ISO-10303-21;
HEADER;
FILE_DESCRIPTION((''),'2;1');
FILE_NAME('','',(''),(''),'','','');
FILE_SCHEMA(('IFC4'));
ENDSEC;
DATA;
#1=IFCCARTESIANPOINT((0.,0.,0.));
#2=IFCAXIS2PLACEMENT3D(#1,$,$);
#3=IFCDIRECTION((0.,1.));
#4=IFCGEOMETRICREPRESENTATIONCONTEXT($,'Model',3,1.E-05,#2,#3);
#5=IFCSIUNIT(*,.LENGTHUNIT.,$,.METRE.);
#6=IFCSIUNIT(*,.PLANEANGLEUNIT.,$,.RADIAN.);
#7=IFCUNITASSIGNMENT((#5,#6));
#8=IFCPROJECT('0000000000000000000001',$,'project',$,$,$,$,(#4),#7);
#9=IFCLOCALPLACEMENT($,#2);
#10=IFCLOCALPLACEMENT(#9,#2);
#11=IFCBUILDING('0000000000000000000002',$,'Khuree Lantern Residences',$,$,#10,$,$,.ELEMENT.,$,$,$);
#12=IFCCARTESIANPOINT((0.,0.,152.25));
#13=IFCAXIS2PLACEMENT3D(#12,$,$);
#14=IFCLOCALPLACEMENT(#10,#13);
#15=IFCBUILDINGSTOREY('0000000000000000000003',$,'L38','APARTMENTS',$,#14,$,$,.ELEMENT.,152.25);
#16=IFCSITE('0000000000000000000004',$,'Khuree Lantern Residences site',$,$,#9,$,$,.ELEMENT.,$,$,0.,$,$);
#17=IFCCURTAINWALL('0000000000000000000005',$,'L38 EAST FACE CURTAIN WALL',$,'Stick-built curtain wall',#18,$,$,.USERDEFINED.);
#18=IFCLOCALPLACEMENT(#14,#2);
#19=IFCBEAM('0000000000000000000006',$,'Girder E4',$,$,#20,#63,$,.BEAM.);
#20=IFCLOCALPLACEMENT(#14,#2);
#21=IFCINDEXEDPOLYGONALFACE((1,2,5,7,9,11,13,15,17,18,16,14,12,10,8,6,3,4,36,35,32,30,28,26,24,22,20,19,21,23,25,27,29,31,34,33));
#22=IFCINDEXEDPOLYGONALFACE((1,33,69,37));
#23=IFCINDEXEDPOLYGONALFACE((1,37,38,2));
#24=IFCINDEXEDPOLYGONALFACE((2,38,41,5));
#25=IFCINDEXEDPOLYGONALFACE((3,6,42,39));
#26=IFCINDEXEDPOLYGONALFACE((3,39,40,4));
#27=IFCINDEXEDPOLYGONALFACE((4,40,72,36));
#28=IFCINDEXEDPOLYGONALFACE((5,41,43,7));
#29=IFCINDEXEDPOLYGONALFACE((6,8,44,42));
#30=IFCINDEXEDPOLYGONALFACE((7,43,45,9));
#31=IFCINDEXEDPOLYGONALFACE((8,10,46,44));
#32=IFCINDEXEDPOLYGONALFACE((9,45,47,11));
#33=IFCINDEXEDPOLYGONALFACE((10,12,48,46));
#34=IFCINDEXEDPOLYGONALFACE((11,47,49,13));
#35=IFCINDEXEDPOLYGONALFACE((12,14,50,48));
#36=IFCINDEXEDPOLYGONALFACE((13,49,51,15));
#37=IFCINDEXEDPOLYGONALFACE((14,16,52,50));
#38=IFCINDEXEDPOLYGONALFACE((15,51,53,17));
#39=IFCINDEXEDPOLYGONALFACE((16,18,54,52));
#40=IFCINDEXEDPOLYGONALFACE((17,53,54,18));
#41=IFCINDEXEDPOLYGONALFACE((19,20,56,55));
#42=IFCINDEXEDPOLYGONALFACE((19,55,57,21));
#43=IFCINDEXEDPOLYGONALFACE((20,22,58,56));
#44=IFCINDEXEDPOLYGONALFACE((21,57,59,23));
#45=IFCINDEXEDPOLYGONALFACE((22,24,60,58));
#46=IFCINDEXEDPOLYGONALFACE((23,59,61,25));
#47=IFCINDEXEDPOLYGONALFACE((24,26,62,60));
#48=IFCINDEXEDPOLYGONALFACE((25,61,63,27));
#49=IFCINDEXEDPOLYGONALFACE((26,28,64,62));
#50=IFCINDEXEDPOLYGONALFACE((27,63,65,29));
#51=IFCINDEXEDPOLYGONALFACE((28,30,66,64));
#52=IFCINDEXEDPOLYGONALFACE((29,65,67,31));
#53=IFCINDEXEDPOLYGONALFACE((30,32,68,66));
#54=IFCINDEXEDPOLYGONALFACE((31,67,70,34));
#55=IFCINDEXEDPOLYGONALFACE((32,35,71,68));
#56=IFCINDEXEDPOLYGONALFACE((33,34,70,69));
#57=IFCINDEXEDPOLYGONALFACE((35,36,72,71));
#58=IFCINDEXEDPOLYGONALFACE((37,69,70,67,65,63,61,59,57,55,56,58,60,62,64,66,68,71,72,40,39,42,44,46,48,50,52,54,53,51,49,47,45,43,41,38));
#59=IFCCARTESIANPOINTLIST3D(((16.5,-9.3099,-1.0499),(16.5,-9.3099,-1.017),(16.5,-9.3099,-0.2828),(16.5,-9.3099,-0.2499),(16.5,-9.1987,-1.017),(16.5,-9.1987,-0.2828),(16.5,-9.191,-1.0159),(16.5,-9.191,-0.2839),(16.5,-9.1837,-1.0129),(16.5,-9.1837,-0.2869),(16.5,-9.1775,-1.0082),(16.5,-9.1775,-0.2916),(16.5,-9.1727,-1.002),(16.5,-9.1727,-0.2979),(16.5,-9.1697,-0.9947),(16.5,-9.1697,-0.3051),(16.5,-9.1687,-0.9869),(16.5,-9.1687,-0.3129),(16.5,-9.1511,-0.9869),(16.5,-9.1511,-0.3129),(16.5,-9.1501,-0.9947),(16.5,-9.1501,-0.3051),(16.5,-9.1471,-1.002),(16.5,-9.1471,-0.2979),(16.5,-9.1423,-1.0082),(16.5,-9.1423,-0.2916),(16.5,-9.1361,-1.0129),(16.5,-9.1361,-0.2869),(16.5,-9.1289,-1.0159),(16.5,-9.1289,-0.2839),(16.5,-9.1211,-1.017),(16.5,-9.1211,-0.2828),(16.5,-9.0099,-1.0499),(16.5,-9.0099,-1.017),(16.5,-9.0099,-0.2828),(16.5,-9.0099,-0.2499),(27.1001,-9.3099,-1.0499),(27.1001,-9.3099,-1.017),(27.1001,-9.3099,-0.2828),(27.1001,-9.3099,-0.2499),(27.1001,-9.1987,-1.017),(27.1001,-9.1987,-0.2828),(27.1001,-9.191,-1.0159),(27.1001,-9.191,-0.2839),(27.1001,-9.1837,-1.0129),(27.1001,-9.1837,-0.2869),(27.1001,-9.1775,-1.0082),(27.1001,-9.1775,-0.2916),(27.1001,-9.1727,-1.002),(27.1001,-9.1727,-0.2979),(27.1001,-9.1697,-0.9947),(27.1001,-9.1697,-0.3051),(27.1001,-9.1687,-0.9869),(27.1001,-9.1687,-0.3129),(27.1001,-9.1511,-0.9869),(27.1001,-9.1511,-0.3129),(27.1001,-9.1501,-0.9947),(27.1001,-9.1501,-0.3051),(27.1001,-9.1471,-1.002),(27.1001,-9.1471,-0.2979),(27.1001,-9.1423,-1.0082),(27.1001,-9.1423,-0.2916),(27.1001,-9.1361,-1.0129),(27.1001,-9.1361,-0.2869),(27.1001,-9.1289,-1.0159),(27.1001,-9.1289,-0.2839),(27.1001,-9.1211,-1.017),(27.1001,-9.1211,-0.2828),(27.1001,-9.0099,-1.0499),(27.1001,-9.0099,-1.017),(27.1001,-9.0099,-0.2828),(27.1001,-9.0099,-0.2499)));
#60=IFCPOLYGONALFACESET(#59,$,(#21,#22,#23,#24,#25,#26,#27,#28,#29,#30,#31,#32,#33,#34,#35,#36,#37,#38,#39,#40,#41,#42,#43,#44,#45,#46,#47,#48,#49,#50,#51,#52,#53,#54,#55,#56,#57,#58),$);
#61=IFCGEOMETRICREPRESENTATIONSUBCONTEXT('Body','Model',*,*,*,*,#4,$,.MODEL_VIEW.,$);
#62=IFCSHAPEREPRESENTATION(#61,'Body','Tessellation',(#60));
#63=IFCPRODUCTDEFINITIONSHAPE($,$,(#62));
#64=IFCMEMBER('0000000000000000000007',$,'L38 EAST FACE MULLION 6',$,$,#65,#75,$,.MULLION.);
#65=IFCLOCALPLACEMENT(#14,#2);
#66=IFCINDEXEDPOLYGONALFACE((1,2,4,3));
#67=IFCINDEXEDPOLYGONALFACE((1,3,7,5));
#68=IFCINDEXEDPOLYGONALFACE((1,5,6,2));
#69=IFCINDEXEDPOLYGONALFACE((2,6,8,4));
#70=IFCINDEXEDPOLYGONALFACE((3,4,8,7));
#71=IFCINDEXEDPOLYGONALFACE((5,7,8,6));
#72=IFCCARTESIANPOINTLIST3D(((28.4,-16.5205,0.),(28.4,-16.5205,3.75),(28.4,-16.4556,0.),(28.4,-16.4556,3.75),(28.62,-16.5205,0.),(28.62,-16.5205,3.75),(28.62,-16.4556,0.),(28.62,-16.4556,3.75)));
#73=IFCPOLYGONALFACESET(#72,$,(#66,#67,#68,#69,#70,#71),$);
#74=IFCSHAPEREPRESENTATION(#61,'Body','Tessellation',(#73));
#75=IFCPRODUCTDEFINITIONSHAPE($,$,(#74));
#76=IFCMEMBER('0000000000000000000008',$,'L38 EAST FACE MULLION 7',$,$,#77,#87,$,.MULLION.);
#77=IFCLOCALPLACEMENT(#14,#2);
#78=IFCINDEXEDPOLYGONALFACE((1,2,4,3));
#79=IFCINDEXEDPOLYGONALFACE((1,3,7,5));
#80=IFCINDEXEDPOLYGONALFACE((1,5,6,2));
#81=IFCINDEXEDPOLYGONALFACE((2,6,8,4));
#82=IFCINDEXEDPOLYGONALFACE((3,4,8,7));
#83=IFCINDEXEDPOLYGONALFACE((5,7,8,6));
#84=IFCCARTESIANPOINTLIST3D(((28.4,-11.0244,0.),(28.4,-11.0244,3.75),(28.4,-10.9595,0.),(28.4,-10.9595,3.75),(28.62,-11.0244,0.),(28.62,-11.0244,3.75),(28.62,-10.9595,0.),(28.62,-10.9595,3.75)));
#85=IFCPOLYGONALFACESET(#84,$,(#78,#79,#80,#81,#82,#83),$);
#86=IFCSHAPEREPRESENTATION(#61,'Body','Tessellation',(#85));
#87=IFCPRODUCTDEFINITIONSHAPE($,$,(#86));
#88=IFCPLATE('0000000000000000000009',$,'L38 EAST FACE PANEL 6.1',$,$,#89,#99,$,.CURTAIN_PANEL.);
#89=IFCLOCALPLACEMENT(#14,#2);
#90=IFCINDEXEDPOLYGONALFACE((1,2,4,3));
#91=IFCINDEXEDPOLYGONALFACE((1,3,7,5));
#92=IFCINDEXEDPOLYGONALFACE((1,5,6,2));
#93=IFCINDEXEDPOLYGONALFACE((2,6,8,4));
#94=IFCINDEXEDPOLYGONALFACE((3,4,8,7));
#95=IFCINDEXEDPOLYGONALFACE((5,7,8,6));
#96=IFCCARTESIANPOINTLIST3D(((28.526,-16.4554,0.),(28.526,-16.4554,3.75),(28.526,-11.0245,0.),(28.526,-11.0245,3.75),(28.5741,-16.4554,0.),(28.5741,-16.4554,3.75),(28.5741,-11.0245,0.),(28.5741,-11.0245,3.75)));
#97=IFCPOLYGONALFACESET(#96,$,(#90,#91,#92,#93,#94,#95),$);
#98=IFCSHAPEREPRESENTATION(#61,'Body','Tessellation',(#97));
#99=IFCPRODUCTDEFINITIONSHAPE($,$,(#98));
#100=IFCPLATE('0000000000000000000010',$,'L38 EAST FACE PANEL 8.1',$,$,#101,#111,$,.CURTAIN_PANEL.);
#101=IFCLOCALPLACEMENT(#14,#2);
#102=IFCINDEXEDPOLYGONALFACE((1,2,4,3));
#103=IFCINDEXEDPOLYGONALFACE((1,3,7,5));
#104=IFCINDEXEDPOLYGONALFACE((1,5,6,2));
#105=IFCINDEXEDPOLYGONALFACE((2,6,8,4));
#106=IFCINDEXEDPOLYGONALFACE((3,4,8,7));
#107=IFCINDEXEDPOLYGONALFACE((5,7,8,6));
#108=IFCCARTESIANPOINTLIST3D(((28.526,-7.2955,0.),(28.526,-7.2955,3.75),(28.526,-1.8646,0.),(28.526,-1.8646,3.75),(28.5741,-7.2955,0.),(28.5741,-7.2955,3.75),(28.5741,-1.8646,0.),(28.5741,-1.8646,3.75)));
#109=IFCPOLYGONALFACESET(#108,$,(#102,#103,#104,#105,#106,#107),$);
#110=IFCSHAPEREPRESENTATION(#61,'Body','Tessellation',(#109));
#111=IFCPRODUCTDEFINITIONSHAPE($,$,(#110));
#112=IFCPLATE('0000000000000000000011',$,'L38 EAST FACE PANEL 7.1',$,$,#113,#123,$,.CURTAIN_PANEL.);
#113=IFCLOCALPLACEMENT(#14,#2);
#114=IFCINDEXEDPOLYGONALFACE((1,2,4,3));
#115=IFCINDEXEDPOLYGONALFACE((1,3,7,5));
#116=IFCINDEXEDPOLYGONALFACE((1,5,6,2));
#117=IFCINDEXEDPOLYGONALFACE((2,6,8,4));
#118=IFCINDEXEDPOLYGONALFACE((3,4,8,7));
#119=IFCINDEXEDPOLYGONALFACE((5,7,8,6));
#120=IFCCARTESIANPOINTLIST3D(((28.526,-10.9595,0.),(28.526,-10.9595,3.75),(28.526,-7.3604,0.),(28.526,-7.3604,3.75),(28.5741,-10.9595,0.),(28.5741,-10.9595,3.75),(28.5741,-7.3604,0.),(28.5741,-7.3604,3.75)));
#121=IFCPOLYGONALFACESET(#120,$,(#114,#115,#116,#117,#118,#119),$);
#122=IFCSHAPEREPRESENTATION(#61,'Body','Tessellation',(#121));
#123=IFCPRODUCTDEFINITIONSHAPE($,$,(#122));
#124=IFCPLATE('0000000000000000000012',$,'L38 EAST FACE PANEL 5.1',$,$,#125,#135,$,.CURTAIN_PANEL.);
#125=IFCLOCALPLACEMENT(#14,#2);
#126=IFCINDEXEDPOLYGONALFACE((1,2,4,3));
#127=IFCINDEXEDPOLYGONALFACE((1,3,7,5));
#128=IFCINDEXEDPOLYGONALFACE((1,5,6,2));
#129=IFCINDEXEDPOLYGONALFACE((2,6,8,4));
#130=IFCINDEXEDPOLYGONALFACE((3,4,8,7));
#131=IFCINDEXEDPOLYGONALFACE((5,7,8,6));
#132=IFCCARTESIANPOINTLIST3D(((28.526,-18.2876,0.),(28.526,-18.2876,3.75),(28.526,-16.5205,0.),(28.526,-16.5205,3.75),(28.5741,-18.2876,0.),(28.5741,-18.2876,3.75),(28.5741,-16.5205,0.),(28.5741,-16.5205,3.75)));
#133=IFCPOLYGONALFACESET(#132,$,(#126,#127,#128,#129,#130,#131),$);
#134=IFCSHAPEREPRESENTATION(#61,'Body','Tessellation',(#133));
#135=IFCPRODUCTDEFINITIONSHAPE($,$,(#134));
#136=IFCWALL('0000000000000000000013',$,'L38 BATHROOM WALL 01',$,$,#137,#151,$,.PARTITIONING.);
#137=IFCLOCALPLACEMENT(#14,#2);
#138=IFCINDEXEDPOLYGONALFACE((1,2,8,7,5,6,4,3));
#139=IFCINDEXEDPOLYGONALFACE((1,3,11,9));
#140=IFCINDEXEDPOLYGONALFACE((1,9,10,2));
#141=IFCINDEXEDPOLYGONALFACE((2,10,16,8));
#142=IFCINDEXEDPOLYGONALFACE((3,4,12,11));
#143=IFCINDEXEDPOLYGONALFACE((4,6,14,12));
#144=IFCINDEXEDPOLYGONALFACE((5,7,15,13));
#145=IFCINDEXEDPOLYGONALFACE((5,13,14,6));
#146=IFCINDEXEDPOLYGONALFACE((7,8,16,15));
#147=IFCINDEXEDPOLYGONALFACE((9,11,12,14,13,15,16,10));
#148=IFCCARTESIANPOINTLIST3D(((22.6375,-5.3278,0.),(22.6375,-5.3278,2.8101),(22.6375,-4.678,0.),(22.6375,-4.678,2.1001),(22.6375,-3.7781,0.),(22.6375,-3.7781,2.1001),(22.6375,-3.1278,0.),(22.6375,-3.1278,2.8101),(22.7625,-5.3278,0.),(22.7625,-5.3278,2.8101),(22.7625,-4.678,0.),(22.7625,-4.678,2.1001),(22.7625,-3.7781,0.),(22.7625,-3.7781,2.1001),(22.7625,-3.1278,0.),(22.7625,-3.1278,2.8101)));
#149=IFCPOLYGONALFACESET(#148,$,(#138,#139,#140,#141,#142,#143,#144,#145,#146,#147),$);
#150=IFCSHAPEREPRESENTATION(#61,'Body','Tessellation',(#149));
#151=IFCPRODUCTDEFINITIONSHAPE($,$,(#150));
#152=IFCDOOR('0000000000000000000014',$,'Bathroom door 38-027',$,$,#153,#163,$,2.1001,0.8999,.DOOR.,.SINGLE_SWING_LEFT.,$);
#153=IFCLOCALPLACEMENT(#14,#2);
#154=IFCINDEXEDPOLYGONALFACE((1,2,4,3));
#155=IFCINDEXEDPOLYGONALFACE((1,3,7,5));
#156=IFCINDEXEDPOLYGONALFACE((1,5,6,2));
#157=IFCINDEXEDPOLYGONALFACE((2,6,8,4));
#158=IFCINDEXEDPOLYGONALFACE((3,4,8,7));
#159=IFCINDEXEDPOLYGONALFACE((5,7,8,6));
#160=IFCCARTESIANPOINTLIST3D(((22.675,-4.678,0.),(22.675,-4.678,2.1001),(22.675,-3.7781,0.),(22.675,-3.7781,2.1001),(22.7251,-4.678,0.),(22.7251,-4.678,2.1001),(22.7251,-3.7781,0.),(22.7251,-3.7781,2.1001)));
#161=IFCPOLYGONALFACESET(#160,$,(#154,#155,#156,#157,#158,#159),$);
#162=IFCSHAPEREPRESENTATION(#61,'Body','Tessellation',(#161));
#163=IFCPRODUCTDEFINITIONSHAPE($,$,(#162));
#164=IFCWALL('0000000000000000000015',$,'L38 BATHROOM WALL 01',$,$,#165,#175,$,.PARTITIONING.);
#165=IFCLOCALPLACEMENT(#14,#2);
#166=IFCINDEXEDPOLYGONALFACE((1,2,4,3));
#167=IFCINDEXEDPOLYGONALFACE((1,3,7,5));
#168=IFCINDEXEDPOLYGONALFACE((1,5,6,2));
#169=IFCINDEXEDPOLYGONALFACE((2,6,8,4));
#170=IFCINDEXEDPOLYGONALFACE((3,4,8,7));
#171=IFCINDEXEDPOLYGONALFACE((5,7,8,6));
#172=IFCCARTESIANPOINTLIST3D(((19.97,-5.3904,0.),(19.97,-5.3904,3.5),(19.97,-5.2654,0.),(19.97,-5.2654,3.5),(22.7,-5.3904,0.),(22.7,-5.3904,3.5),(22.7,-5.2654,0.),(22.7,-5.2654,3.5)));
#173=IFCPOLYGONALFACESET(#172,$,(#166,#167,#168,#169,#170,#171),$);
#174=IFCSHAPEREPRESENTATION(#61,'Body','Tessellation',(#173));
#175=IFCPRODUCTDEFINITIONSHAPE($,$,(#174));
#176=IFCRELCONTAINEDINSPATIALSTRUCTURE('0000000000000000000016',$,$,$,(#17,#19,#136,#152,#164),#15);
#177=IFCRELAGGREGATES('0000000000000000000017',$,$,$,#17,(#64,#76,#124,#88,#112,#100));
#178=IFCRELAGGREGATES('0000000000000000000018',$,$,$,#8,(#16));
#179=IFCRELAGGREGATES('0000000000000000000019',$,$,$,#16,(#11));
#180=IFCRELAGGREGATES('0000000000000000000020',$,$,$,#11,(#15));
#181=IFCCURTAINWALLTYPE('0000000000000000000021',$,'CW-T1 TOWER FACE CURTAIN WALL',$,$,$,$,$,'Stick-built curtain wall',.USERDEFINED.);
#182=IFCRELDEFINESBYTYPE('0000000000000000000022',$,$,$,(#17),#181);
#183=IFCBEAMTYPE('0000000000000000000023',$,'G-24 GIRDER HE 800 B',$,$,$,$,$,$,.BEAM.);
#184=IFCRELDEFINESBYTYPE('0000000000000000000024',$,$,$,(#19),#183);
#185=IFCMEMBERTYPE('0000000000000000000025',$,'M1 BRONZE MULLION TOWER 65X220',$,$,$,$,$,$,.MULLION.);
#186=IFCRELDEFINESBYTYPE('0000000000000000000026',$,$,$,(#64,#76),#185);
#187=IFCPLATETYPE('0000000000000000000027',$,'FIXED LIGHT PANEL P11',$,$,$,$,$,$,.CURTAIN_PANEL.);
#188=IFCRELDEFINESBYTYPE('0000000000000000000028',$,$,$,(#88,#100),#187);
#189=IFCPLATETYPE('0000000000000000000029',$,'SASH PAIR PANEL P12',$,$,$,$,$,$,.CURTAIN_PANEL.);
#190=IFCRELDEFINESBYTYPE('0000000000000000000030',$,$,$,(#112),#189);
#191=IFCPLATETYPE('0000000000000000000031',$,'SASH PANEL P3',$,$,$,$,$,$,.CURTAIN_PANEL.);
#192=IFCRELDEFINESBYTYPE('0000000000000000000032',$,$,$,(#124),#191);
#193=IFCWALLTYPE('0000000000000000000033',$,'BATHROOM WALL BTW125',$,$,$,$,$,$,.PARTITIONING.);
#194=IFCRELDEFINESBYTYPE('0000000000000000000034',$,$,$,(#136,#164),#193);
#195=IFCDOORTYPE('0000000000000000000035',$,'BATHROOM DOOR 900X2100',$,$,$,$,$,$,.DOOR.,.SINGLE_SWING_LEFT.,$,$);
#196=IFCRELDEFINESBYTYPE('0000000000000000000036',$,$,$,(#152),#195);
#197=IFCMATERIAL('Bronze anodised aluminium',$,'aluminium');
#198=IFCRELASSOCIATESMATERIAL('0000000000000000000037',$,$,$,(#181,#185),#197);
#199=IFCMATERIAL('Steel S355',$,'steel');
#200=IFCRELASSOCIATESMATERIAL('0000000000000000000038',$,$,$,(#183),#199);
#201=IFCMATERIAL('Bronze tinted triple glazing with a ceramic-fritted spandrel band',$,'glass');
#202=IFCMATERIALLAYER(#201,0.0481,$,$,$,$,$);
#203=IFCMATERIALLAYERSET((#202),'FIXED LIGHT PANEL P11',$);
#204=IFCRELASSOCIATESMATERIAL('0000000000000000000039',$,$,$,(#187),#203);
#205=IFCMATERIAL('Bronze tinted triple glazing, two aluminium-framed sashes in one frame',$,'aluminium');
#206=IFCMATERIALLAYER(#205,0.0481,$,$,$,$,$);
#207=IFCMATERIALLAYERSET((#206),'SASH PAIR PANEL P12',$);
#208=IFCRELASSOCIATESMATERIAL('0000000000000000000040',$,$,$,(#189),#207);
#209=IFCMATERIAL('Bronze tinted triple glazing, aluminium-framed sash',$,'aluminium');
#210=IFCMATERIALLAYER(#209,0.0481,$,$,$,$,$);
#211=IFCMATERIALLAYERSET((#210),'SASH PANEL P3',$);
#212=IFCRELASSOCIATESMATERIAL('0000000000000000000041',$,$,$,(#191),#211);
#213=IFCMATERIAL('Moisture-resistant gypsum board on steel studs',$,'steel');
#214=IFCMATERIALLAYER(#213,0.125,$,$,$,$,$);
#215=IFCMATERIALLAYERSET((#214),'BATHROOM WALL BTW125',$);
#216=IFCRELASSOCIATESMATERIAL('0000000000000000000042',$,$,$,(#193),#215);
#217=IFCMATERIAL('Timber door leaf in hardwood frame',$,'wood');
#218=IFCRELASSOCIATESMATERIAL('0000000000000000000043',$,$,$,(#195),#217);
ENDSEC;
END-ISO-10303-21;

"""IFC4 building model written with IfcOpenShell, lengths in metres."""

from ifc_helpers import new_model, si_unit, direction, frame, frame_2d, origin, origin_2d, place, context, subcontext, project, spatial, rectangle, i_section, extrude, material, layer, layer_set, material_profile, profile_set, type_object, element, fill, aggregate, save


model = new_model("IFC4")

# Units and contexts
model_context = context("Model", 3, precision=1e-05, world=origin(), true_north=direction((0.0, 1.0)))
body_context = subcontext(model_context, "Body", "Model", "MODEL_VIEW")
ifc_project = project(units=[si_unit("LENGTHUNIT", "METRE"), si_unit("PLANEANGLEUNIT", "RADIAN")], contexts=[model_context])

# Site, building, storey
site_placement = place(None, origin())
site = spatial("IfcSite", under=ifc_project, at=site_placement, Name="Khuree Lantern Residences site", CompositionType="ELEMENT", RefElevation=0.0)
building_placement = place(site_placement, origin())
building = spatial("IfcBuilding", under=site, at=building_placement, Name="Khuree Lantern Residences", CompositionType="ELEMENT")
storey_placement = place(building_placement, frame((0.0, 0.0, 152.25)))
storey = spatial("IfcBuildingStorey", under=building, at=storey_placement, Name="L38", Description="APARTMENTS", CompositionType="ELEMENT", Elevation=152.25)

# Shared definitions
ifc_material_1 = material(Name="Steel S355", Category="steel")

# Curtain wall
ifc_material_2 = material(Name="Bronze anodised aluminium", Category="aluminium")
curtain_wall_type = type_object("IfcCurtainWallType", Name="CW-T1 TOWER FACE CURTAIN WALL", ElementType="Stick-built curtain wall", PredefinedType="USERDEFINED", material=ifc_material_2)
curtain_wall_placement = place(storey_placement, origin())
curtain_wall = element("IfcCurtainWall", 1, at=curtain_wall_placement, inside=storey, type_object=curtain_wall_type, Name="L38 EAST FACE CURTAIN WALL", ObjectType="Stick-built curtain wall", PredefinedType="USERDEFINED")

# Beam
ifc_material_profile_1 = material_profile(ifc_material_1, i_section(OverallWidth=0.3, OverallDepth=0.8, WebThickness=0.0176, FlangeThickness=0.033, FilletRadius=0.03, at=origin_2d()), Name="HE 800 B")
ifc_profile_set_1 = profile_set([ifc_material_profile_1], Name="Steel S355")
beam_type_1 = type_object("IfcBeamType", Name="G-24 GIRDER HE 800 B", PredefinedType="BEAM", material=ifc_profile_set_1)
beam_1_placement = place(storey_placement, frame((27.1001, -9.1599, -0.6499), z_axis=(-1.0, 0.0, 0.0), x_axis=(0.0, -1.0, 0.0)))
element("IfcBeam", 2, at=beam_1_placement, inside=storey, type_object=beam_type_1, Name="Girder E4", PredefinedType="BEAM", context=body_context, shape_type="SweptSolid", body=[
    extrude(i_section(OverallWidth=0.3, OverallDepth=0.8, WebThickness=0.0176, FlangeThickness=0.033, FilletRadius=0.03, at=origin_2d()), origin(), (0.0, 0.0, 1.0), 10.6001),
])

# Members
ifc_material_profile_2 = material_profile(ifc_material_2, rectangle(XDim=0.0649, YDim=0.22, at=origin_2d()), Name="M1 65X220")
ifc_profile_set_2 = profile_set([ifc_material_profile_2], Name="Bronze anodised aluminium")
member_type_1 = type_object("IfcMemberType", Name="M1 BRONZE MULLION TOWER 65X220", PredefinedType="MULLION", material=ifc_profile_set_2)
member_1_placement = place(storey_placement, frame((28.51, -16.488, 0.0), z_axis=(0.0, 0.0, 1.0), x_axis=(0.0, 1.0, 0.0)))
member_1 = element("IfcMember", 3, at=member_1_placement, type_object=member_type_1, Name="L38 EAST FACE MULLION 6", PredefinedType="MULLION", context=body_context, shape_type="SweptSolid", body=[
    extrude(rectangle(XDim=0.0649, YDim=0.22, at=origin_2d()), origin(), (0.0, 0.0, 1.0), 3.75),
])
member_2_placement = place(storey_placement, frame((28.51, -10.9919, 0.0), z_axis=(0.0, 0.0, 1.0), x_axis=(0.0, 1.0, 0.0)))
member_2 = element("IfcMember", 4, at=member_2_placement, type_object=member_type_1, Name="L38 EAST FACE MULLION 7", PredefinedType="MULLION", context=body_context, shape_type="SweptSolid", body=[
    extrude(rectangle(XDim=0.0649, YDim=0.22, at=origin_2d()), origin(), (0.0, 0.0, 1.0), 3.75),
])

# Plates
ifc_material_3 = material(Name="Bronze tinted triple glazing with a ceramic-fritted spandrel band", Category="glass")
ifc_layer_1 = layer(ifc_material_3, 0.0481)
ifc_layer_set_1 = layer_set([ifc_layer_1], Name="FIXED LIGHT PANEL P11")
plate_type_1 = type_object("IfcPlateType", Name="FIXED LIGHT PANEL P11", PredefinedType="CURTAIN_PANEL", material=ifc_layer_set_1)
plate_1_placement = place(storey_placement, frame((28.55, -13.74, 0.0), z_axis=(0.0, 0.0, 1.0), x_axis=(0.0, 1.0, 0.0)))
plate_1 = element("IfcPlate", 5, at=plate_1_placement, type_object=plate_type_1, Name="L38 EAST FACE PANEL 6.1", PredefinedType="CURTAIN_PANEL", context=body_context, shape_type="SweptSolid", body=[
    extrude(rectangle(XDim=5.4309, YDim=0.0481, at=origin_2d()), origin(), (0.0, 0.0, 1.0), 3.75),
])
plate_2_placement = place(storey_placement, frame((28.55, -4.5801, 0.0), z_axis=(0.0, 0.0, 1.0), x_axis=(0.0, 1.0, 0.0)))
plate_2 = element("IfcPlate", 6, at=plate_2_placement, type_object=plate_type_1, Name="L38 EAST FACE PANEL 8.1", PredefinedType="CURTAIN_PANEL", context=body_context, shape_type="SweptSolid", body=[
    extrude(rectangle(XDim=5.4309, YDim=0.0481, at=origin_2d()), origin(), (0.0, 0.0, 1.0), 3.75),
])
ifc_material_4 = material(Name="Bronze tinted triple glazing, two aluminium-framed sashes in one frame", Category="aluminium")
ifc_layer_2 = layer(ifc_material_4, 0.0481)
ifc_layer_set_2 = layer_set([ifc_layer_2], Name="SASH PAIR PANEL P12")
plate_type_2 = type_object("IfcPlateType", Name="SASH PAIR PANEL P12", PredefinedType="CURTAIN_PANEL", material=ifc_layer_set_2)
plate_3_placement = place(storey_placement, frame((28.55, -9.1599, 0.0), z_axis=(0.0, 0.0, 1.0), x_axis=(0.0, 1.0, 0.0)))
plate_3 = element("IfcPlate", 7, at=plate_3_placement, type_object=plate_type_2, Name="L38 EAST FACE PANEL 7.1", PredefinedType="CURTAIN_PANEL", context=body_context, shape_type="SweptSolid", body=[
    extrude(rectangle(XDim=3.5991, YDim=0.0481, at=origin_2d()), origin(), (0.0, 0.0, 1.0), 3.75),
])
ifc_material_5 = material(Name="Bronze tinted triple glazing, aluminium-framed sash", Category="aluminium")
ifc_layer_3 = layer(ifc_material_5, 0.0481)
ifc_layer_set_3 = layer_set([ifc_layer_3], Name="SASH PANEL P3")
plate_type_3 = type_object("IfcPlateType", Name="SASH PANEL P3", PredefinedType="CURTAIN_PANEL", material=ifc_layer_set_3)
plate_4_placement = place(storey_placement, frame((28.55, -17.4041, 0.0), z_axis=(0.0, 0.0, 1.0), x_axis=(0.0, 1.0, 0.0)))
plate_4 = element("IfcPlate", 8, at=plate_4_placement, type_object=plate_type_3, Name="L38 EAST FACE PANEL 5.1", PredefinedType="CURTAIN_PANEL", context=body_context, shape_type="SweptSolid", body=[
    extrude(rectangle(XDim=1.7671, YDim=0.0481, at=origin_2d()), origin(), (0.0, 0.0, 1.0), 3.75),
])
aggregate(curtain_wall, [member_1, member_2, plate_4, plate_1, plate_3, plate_2])

# Wall, opening, door
ifc_material_6 = material(Name="Moisture-resistant gypsum board on steel studs", Category="steel")
ifc_layer_4 = layer(ifc_material_6, 0.125)
ifc_layer_set_4 = layer_set([ifc_layer_4], Name="BATHROOM WALL BTW125")
wall_type_1 = type_object("IfcWallType", Name="BATHROOM WALL BTW125", PredefinedType="PARTITIONING", material=ifc_layer_set_4)
wall_1_placement = place(storey_placement, frame((22.7, -5.3279, 0.0), z_axis=(0.0, 0.0, 1.0), x_axis=(0.0, 1.0, 0.0)))
wall_1 = element("IfcWall", 9, at=wall_1_placement, inside=storey, type_object=wall_type_1, Name="L38 BATHROOM WALL 01", PredefinedType="PARTITIONING", context=body_context, shape_type="SweptSolid", body=[
    extrude(rectangle(XDim=2.2, YDim=0.125, at=frame_2d((1.1001, 0.0))), origin(), (0.0, 0.0, 1.0), 2.8101),
])
opening_1_placement = place(wall_1_placement, frame((0.6499, 0.0, 0.0)))
opening_1 = element("IfcOpeningElement", 10, at=opening_1_placement, cuts=wall_1, PredefinedType="OPENING", context=body_context, shape_type="SweptSolid", body=[
    extrude(rectangle(XDim=0.8999, YDim=2.1001, at=frame_2d((0.45, 1.05))), frame((0.0, 0.0725, 0.0), z_axis=(0.0, -1.0, 0.0), x_axis=(1.0, 0.0, 0.0)), (0.0, 0.0, 1.0), 0.145),
])
ifc_material_7 = material(Name="Timber door leaf in hardwood frame", Category="wood")
door_type_1 = type_object("IfcDoorType", Name="BATHROOM DOOR 900X2100", OperationType="SINGLE_SWING_LEFT", PredefinedType="DOOR", material=ifc_material_7)
door_1_placement = place(opening_1_placement, origin())
door_1 = element("IfcDoor", 11, at=door_1_placement, inside=storey, type_object=door_type_1, Name="Bathroom door 38-027", OperationType="SINGLE_SWING_LEFT", OverallHeight=2.1001, OverallWidth=0.8999, PredefinedType="DOOR", context=body_context, shape_type="SweptSolid", body=[
    extrude(rectangle(XDim=0.8999, YDim=2.1001, at=frame_2d((0.45, 1.05))), frame((0.0, 0.0249, 0.0), z_axis=(0.0, -1.0, 0.0), x_axis=(1.0, 0.0, 0.0)), (0.0, 0.0, 1.0), 0.05),
])
fill(opening_1, door_1)

# Wall
wall_2_placement = place(storey_placement, frame((19.97, -5.3279, 0.0), z_axis=(0.0, 0.0, 1.0), x_axis=(1.0, 0.0, 0.0)))
element("IfcWall", 12, at=wall_2_placement, inside=storey, type_object=wall_type_1, Name="L38 BATHROOM WALL 01", PredefinedType="PARTITIONING", context=body_context, shape_type="SweptSolid", body=[
    extrude(rectangle(XDim=2.73, YDim=0.125, at=frame_2d((1.365, 0.0))), origin(), (0.0, 0.0, 1.0), 3.5),
])

save(model, "model.ifc")
